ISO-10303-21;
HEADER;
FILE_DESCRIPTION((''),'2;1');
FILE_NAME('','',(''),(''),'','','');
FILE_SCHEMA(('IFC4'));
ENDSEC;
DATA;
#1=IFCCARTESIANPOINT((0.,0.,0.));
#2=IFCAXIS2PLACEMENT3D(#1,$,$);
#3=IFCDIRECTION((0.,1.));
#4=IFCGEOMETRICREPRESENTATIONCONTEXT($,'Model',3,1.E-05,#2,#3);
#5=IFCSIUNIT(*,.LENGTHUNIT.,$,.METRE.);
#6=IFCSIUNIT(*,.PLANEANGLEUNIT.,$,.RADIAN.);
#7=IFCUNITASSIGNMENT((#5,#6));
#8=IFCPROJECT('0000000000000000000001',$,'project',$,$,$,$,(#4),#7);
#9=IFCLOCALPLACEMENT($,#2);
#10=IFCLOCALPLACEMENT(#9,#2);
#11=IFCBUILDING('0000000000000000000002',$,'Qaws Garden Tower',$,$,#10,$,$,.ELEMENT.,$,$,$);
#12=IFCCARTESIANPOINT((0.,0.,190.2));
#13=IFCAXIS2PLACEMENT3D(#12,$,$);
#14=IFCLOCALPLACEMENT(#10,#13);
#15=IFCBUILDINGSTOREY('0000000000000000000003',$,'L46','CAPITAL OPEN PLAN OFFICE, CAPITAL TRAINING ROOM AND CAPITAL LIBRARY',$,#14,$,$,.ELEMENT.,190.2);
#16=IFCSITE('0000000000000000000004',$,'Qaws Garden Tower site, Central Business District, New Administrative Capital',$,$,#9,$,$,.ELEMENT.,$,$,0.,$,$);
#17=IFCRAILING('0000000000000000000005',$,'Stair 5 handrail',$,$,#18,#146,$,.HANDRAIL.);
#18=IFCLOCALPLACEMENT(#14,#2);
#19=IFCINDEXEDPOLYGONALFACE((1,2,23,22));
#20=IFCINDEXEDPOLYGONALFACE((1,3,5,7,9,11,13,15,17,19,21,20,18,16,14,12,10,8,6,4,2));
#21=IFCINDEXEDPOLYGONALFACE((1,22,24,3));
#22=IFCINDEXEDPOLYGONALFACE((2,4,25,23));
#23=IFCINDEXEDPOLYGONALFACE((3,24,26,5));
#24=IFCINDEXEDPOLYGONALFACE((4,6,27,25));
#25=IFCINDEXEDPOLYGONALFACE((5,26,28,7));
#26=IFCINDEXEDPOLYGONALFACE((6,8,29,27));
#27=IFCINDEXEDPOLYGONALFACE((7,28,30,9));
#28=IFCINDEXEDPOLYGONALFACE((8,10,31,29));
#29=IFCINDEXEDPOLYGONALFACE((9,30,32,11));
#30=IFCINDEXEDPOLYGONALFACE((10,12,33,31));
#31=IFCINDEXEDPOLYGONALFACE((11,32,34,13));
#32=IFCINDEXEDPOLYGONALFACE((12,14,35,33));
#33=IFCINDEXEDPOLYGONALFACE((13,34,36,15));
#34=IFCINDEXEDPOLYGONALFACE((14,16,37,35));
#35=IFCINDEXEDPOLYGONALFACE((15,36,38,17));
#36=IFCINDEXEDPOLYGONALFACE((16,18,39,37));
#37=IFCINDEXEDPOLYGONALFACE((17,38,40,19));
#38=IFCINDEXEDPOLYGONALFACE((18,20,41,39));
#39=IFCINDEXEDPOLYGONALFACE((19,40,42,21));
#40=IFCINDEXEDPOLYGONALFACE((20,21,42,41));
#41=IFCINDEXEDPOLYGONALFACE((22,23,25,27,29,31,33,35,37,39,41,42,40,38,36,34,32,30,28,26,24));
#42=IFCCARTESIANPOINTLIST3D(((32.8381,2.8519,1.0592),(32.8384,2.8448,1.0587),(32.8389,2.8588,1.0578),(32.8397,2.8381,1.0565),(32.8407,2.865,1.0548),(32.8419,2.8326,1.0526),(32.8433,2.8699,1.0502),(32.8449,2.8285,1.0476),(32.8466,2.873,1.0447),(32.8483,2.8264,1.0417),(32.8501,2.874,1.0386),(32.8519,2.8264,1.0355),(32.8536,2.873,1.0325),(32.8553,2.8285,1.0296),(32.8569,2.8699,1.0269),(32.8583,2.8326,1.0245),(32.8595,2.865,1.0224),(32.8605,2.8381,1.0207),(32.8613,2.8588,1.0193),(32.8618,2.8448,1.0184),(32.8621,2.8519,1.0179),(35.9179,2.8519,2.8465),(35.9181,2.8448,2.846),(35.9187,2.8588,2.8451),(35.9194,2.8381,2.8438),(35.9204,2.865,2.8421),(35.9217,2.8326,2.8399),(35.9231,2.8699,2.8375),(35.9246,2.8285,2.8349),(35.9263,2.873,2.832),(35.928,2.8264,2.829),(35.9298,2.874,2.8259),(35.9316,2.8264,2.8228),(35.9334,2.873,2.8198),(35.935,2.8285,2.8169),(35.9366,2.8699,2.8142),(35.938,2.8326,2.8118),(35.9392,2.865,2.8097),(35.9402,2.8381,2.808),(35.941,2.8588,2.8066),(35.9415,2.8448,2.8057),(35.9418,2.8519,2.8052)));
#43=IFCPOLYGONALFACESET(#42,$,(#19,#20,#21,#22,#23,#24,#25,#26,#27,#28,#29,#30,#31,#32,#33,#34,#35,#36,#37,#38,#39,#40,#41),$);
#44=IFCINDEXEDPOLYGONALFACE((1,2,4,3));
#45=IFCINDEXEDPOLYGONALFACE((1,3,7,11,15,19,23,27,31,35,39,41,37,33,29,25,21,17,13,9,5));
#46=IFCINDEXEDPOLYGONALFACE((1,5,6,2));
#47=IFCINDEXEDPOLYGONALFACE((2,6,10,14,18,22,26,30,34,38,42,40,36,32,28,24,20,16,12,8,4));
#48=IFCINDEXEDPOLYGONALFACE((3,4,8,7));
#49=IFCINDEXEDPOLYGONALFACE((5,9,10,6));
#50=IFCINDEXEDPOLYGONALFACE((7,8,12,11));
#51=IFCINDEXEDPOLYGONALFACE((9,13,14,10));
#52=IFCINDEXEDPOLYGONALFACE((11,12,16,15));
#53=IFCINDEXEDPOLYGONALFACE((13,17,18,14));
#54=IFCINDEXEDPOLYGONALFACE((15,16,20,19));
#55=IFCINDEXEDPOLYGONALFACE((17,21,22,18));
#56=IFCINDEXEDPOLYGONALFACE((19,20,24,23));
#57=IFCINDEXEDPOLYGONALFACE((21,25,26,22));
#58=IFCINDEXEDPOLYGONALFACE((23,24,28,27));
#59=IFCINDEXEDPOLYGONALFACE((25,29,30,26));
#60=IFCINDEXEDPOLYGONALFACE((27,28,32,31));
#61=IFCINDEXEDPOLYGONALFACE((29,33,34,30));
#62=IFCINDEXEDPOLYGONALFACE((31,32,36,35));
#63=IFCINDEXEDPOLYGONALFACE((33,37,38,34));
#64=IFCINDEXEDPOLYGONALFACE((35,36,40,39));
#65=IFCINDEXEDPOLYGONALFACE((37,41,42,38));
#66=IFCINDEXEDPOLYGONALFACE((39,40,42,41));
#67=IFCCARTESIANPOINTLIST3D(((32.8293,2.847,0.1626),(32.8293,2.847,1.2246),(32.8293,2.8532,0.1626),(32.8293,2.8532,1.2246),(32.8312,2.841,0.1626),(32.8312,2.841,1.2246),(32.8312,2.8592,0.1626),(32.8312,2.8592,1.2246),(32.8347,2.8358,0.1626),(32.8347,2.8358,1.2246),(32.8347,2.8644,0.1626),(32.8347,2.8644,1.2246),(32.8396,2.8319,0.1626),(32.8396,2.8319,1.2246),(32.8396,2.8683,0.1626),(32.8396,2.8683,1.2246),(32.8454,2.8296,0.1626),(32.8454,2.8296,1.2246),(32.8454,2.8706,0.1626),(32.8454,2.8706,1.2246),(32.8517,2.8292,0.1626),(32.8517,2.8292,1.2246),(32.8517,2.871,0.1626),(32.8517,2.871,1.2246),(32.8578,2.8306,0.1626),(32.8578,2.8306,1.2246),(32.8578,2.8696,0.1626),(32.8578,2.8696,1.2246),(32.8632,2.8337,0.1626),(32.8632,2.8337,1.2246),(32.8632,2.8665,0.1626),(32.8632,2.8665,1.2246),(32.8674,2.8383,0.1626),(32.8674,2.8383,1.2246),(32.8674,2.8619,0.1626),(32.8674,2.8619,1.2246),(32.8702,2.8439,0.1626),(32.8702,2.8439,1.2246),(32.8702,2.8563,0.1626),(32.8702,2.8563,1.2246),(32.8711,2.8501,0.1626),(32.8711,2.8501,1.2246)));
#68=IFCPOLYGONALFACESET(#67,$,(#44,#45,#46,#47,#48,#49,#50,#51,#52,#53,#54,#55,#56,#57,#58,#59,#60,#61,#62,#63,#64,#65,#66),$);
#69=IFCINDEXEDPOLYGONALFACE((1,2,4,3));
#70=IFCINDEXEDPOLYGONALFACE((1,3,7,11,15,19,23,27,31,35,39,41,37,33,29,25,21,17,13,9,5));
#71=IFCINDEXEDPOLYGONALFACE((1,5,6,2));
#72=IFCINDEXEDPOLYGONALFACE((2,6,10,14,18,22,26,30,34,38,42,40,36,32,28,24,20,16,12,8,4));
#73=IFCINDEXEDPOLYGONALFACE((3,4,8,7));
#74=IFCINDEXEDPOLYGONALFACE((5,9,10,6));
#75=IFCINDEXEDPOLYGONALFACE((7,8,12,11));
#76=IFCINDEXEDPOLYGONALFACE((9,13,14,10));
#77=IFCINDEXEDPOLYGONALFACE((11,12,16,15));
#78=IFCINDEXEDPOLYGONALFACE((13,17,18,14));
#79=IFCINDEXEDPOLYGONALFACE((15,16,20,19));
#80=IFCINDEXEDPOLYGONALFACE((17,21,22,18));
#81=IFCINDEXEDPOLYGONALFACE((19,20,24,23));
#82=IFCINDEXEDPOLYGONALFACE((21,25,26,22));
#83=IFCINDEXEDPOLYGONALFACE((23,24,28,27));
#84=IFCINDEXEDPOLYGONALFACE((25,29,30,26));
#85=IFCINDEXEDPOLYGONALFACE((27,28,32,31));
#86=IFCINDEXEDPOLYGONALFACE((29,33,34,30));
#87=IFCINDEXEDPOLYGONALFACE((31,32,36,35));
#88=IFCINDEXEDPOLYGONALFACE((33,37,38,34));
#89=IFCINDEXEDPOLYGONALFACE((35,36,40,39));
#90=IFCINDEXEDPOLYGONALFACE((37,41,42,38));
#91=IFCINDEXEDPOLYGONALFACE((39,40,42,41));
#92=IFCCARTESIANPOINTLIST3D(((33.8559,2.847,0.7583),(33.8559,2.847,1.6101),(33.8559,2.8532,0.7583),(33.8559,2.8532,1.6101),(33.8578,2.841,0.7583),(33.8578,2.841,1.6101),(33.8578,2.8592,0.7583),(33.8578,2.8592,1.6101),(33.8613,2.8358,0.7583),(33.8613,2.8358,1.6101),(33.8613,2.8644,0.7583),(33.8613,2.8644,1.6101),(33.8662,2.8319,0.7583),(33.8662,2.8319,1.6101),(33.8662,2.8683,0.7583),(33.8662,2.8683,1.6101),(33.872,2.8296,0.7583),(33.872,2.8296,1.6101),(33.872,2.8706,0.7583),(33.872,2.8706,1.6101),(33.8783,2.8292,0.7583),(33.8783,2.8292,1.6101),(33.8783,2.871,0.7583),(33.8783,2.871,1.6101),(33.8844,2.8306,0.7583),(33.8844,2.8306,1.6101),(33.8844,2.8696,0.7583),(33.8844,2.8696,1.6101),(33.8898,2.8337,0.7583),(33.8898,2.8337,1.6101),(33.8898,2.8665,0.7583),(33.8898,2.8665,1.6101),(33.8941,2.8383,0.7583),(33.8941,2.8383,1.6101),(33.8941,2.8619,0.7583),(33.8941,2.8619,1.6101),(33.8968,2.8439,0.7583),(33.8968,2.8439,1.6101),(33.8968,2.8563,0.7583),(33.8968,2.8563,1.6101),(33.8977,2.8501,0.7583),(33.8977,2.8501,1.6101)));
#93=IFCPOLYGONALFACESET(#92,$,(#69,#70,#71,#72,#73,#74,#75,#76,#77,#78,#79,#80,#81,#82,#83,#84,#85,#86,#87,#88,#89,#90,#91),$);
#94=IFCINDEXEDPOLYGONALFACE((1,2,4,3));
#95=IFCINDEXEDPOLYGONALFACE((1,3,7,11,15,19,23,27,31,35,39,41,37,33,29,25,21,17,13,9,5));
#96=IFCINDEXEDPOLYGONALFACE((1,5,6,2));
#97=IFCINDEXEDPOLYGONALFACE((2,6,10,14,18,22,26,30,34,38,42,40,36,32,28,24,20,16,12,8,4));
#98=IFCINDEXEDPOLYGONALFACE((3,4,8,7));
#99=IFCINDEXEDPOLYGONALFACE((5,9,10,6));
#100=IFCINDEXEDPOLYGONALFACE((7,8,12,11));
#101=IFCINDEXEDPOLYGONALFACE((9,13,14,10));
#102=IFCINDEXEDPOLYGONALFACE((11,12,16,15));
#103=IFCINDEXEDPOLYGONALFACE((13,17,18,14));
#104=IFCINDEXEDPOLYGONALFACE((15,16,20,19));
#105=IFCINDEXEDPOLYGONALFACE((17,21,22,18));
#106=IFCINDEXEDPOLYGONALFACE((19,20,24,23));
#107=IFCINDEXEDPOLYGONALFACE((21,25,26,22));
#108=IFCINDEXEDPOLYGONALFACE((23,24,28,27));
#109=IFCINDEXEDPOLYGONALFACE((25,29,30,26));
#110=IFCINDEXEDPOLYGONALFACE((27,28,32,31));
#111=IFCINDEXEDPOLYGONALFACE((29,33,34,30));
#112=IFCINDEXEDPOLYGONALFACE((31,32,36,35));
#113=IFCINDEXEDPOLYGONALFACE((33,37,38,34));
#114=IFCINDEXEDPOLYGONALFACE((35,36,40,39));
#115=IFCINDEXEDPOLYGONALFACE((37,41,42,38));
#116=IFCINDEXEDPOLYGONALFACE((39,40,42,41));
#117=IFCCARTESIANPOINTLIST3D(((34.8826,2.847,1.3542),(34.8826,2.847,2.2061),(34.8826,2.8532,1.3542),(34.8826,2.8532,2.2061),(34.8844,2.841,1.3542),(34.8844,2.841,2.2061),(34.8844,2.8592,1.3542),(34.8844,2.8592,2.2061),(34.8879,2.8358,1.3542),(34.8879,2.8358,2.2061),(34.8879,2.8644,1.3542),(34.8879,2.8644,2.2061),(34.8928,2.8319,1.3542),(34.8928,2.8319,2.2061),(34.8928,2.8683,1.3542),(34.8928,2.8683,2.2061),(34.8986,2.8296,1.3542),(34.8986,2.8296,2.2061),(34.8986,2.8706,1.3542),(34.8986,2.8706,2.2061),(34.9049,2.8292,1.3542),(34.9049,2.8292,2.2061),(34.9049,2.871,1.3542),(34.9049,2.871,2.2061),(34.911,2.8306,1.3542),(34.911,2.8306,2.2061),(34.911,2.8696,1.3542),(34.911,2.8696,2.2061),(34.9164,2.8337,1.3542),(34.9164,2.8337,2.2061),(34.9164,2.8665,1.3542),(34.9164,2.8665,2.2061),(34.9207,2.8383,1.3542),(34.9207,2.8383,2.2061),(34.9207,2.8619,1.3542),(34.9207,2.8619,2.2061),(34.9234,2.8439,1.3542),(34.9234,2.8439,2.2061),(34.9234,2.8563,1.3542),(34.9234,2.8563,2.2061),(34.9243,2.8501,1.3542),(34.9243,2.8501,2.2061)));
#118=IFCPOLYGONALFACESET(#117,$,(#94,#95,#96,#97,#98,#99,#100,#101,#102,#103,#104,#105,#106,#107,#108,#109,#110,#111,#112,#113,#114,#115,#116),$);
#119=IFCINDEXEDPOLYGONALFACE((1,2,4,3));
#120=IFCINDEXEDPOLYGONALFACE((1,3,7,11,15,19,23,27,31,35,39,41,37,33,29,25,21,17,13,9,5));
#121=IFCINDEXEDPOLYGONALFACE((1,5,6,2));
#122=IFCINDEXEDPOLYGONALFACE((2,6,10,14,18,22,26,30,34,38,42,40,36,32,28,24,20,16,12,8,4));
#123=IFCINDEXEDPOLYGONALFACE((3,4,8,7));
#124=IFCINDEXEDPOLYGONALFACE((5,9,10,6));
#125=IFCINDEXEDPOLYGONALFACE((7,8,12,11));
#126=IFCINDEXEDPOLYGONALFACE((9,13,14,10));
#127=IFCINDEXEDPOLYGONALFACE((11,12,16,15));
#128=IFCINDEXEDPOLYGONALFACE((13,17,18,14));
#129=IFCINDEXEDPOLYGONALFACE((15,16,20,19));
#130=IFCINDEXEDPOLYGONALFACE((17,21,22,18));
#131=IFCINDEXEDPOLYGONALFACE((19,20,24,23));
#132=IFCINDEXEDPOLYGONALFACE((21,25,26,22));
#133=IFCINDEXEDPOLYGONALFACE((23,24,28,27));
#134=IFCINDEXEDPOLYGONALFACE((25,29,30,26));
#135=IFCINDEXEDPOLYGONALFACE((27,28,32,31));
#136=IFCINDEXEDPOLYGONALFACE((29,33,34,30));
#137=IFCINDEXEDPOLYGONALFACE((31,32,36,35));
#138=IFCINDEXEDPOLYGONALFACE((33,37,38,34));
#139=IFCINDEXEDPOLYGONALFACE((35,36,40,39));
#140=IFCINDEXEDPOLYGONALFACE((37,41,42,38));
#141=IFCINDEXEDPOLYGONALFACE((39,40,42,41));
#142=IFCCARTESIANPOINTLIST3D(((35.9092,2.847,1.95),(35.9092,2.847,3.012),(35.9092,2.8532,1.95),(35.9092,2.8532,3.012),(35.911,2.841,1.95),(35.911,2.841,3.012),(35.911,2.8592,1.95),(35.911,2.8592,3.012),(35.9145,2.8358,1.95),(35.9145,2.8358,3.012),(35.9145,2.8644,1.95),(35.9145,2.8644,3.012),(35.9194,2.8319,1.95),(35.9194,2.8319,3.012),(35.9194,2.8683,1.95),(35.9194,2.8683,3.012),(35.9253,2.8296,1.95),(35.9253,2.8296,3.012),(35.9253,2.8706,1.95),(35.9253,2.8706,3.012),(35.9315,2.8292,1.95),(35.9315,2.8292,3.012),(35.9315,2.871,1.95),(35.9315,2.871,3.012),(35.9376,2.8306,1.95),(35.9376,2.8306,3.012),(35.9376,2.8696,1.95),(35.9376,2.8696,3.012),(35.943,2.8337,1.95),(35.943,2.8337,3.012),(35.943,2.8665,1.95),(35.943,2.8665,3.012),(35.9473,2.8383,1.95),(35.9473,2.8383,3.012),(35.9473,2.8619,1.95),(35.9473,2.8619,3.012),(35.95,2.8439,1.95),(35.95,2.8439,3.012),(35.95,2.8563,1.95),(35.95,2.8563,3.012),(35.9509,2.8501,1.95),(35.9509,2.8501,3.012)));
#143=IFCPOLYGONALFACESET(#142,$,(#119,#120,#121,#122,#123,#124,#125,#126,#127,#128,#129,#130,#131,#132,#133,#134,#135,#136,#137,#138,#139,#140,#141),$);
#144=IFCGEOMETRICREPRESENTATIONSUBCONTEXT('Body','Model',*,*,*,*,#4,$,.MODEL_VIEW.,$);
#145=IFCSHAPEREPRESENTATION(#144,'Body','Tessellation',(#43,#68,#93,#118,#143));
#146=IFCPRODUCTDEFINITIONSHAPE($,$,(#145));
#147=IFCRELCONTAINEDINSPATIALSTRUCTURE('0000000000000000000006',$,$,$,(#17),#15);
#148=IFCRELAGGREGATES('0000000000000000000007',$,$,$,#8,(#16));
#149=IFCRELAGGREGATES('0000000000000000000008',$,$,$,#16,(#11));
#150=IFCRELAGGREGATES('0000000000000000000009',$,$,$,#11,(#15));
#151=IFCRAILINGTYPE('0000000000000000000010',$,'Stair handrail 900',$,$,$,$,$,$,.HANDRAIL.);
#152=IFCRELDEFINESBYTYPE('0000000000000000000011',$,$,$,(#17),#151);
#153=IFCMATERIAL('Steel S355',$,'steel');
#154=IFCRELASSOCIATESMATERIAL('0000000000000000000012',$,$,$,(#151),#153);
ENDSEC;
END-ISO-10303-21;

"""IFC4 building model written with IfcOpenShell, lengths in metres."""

from ifc_helpers import new_model, si_unit, direction, frame, origin, origin_2d, place, context, subcontext, project, spatial, circle, extrude, material, type_object, element, save


model = new_model("IFC4")

# Units and contexts
model_context = context("Model", 3, precision=1e-05, world=origin(), true_north=direction((0.0, 1.0)))
body_context = subcontext(model_context, "Body", "Model", "MODEL_VIEW")
ifc_project = project(units=[si_unit("LENGTHUNIT", "METRE"), si_unit("PLANEANGLEUNIT", "RADIAN")], contexts=[model_context])

# Site, building, storey
site_placement = place(None, origin())
site = spatial("IfcSite", under=ifc_project, at=site_placement, Name="Qaws Garden Tower site, Central Business District, New Administrative Capital", CompositionType="ELEMENT", RefElevation=0.0)
building_placement = place(site_placement, origin())
building = spatial("IfcBuilding", under=site, at=building_placement, Name="Qaws Garden Tower", CompositionType="ELEMENT")
storey_placement = place(building_placement, frame((0.0, 0.0, 190.2)))
storey = spatial("IfcBuildingStorey", under=building, at=storey_placement, Name="L46", Description="CAPITAL OPEN PLAN OFFICE, CAPITAL TRAINING ROOM AND CAPITAL LIBRARY", CompositionType="ELEMENT", Elevation=190.2)

# Railing
ifc_material_1 = material(Name="Steel S355", Category="steel")
railing_type = type_object("IfcRailingType", Name="Stair handrail 900", PredefinedType="HANDRAIL", material=ifc_material_1)
railing_1_placement = place(storey_placement, frame((32.8501, 2.8501, 0.1626)))
element("IfcRailing", 1, at=railing_1_placement, inside=storey, type_object=railing_type, Name="Stair 5 handrail", PredefinedType="HANDRAIL", context=body_context, shape_type="SweptSolid", body=[
    extrude(circle(Radius=0.0239, at=origin_2d()), frame((0.0, 0.0, 0.876), z_axis=(0.864903, 0.0, 0.501939), x_axis=(0.0, 1.0, 0.0)), (0.0, 0.0, 1.0), 3.5608),
    extrude(circle(Radius=0.021, at=origin_2d()), origin(), (0.0, 0.0, 1.0), 1.062),
    extrude(circle(Radius=0.021, at=origin_2d()), frame((1.0266, 0.0, 0.5957)), (0.0, 0.0, 1.0), 0.8518),
    extrude(circle(Radius=0.021, at=origin_2d()), frame((2.0532, 0.0, 1.1917)), (0.0, 0.0, 1.0), 0.8518),
    extrude(circle(Radius=0.021, at=origin_2d()), frame((3.0798, 0.0, 1.7874)), (0.0, 0.0, 1.0), 1.062),
])

save(model, "model.ifc")
